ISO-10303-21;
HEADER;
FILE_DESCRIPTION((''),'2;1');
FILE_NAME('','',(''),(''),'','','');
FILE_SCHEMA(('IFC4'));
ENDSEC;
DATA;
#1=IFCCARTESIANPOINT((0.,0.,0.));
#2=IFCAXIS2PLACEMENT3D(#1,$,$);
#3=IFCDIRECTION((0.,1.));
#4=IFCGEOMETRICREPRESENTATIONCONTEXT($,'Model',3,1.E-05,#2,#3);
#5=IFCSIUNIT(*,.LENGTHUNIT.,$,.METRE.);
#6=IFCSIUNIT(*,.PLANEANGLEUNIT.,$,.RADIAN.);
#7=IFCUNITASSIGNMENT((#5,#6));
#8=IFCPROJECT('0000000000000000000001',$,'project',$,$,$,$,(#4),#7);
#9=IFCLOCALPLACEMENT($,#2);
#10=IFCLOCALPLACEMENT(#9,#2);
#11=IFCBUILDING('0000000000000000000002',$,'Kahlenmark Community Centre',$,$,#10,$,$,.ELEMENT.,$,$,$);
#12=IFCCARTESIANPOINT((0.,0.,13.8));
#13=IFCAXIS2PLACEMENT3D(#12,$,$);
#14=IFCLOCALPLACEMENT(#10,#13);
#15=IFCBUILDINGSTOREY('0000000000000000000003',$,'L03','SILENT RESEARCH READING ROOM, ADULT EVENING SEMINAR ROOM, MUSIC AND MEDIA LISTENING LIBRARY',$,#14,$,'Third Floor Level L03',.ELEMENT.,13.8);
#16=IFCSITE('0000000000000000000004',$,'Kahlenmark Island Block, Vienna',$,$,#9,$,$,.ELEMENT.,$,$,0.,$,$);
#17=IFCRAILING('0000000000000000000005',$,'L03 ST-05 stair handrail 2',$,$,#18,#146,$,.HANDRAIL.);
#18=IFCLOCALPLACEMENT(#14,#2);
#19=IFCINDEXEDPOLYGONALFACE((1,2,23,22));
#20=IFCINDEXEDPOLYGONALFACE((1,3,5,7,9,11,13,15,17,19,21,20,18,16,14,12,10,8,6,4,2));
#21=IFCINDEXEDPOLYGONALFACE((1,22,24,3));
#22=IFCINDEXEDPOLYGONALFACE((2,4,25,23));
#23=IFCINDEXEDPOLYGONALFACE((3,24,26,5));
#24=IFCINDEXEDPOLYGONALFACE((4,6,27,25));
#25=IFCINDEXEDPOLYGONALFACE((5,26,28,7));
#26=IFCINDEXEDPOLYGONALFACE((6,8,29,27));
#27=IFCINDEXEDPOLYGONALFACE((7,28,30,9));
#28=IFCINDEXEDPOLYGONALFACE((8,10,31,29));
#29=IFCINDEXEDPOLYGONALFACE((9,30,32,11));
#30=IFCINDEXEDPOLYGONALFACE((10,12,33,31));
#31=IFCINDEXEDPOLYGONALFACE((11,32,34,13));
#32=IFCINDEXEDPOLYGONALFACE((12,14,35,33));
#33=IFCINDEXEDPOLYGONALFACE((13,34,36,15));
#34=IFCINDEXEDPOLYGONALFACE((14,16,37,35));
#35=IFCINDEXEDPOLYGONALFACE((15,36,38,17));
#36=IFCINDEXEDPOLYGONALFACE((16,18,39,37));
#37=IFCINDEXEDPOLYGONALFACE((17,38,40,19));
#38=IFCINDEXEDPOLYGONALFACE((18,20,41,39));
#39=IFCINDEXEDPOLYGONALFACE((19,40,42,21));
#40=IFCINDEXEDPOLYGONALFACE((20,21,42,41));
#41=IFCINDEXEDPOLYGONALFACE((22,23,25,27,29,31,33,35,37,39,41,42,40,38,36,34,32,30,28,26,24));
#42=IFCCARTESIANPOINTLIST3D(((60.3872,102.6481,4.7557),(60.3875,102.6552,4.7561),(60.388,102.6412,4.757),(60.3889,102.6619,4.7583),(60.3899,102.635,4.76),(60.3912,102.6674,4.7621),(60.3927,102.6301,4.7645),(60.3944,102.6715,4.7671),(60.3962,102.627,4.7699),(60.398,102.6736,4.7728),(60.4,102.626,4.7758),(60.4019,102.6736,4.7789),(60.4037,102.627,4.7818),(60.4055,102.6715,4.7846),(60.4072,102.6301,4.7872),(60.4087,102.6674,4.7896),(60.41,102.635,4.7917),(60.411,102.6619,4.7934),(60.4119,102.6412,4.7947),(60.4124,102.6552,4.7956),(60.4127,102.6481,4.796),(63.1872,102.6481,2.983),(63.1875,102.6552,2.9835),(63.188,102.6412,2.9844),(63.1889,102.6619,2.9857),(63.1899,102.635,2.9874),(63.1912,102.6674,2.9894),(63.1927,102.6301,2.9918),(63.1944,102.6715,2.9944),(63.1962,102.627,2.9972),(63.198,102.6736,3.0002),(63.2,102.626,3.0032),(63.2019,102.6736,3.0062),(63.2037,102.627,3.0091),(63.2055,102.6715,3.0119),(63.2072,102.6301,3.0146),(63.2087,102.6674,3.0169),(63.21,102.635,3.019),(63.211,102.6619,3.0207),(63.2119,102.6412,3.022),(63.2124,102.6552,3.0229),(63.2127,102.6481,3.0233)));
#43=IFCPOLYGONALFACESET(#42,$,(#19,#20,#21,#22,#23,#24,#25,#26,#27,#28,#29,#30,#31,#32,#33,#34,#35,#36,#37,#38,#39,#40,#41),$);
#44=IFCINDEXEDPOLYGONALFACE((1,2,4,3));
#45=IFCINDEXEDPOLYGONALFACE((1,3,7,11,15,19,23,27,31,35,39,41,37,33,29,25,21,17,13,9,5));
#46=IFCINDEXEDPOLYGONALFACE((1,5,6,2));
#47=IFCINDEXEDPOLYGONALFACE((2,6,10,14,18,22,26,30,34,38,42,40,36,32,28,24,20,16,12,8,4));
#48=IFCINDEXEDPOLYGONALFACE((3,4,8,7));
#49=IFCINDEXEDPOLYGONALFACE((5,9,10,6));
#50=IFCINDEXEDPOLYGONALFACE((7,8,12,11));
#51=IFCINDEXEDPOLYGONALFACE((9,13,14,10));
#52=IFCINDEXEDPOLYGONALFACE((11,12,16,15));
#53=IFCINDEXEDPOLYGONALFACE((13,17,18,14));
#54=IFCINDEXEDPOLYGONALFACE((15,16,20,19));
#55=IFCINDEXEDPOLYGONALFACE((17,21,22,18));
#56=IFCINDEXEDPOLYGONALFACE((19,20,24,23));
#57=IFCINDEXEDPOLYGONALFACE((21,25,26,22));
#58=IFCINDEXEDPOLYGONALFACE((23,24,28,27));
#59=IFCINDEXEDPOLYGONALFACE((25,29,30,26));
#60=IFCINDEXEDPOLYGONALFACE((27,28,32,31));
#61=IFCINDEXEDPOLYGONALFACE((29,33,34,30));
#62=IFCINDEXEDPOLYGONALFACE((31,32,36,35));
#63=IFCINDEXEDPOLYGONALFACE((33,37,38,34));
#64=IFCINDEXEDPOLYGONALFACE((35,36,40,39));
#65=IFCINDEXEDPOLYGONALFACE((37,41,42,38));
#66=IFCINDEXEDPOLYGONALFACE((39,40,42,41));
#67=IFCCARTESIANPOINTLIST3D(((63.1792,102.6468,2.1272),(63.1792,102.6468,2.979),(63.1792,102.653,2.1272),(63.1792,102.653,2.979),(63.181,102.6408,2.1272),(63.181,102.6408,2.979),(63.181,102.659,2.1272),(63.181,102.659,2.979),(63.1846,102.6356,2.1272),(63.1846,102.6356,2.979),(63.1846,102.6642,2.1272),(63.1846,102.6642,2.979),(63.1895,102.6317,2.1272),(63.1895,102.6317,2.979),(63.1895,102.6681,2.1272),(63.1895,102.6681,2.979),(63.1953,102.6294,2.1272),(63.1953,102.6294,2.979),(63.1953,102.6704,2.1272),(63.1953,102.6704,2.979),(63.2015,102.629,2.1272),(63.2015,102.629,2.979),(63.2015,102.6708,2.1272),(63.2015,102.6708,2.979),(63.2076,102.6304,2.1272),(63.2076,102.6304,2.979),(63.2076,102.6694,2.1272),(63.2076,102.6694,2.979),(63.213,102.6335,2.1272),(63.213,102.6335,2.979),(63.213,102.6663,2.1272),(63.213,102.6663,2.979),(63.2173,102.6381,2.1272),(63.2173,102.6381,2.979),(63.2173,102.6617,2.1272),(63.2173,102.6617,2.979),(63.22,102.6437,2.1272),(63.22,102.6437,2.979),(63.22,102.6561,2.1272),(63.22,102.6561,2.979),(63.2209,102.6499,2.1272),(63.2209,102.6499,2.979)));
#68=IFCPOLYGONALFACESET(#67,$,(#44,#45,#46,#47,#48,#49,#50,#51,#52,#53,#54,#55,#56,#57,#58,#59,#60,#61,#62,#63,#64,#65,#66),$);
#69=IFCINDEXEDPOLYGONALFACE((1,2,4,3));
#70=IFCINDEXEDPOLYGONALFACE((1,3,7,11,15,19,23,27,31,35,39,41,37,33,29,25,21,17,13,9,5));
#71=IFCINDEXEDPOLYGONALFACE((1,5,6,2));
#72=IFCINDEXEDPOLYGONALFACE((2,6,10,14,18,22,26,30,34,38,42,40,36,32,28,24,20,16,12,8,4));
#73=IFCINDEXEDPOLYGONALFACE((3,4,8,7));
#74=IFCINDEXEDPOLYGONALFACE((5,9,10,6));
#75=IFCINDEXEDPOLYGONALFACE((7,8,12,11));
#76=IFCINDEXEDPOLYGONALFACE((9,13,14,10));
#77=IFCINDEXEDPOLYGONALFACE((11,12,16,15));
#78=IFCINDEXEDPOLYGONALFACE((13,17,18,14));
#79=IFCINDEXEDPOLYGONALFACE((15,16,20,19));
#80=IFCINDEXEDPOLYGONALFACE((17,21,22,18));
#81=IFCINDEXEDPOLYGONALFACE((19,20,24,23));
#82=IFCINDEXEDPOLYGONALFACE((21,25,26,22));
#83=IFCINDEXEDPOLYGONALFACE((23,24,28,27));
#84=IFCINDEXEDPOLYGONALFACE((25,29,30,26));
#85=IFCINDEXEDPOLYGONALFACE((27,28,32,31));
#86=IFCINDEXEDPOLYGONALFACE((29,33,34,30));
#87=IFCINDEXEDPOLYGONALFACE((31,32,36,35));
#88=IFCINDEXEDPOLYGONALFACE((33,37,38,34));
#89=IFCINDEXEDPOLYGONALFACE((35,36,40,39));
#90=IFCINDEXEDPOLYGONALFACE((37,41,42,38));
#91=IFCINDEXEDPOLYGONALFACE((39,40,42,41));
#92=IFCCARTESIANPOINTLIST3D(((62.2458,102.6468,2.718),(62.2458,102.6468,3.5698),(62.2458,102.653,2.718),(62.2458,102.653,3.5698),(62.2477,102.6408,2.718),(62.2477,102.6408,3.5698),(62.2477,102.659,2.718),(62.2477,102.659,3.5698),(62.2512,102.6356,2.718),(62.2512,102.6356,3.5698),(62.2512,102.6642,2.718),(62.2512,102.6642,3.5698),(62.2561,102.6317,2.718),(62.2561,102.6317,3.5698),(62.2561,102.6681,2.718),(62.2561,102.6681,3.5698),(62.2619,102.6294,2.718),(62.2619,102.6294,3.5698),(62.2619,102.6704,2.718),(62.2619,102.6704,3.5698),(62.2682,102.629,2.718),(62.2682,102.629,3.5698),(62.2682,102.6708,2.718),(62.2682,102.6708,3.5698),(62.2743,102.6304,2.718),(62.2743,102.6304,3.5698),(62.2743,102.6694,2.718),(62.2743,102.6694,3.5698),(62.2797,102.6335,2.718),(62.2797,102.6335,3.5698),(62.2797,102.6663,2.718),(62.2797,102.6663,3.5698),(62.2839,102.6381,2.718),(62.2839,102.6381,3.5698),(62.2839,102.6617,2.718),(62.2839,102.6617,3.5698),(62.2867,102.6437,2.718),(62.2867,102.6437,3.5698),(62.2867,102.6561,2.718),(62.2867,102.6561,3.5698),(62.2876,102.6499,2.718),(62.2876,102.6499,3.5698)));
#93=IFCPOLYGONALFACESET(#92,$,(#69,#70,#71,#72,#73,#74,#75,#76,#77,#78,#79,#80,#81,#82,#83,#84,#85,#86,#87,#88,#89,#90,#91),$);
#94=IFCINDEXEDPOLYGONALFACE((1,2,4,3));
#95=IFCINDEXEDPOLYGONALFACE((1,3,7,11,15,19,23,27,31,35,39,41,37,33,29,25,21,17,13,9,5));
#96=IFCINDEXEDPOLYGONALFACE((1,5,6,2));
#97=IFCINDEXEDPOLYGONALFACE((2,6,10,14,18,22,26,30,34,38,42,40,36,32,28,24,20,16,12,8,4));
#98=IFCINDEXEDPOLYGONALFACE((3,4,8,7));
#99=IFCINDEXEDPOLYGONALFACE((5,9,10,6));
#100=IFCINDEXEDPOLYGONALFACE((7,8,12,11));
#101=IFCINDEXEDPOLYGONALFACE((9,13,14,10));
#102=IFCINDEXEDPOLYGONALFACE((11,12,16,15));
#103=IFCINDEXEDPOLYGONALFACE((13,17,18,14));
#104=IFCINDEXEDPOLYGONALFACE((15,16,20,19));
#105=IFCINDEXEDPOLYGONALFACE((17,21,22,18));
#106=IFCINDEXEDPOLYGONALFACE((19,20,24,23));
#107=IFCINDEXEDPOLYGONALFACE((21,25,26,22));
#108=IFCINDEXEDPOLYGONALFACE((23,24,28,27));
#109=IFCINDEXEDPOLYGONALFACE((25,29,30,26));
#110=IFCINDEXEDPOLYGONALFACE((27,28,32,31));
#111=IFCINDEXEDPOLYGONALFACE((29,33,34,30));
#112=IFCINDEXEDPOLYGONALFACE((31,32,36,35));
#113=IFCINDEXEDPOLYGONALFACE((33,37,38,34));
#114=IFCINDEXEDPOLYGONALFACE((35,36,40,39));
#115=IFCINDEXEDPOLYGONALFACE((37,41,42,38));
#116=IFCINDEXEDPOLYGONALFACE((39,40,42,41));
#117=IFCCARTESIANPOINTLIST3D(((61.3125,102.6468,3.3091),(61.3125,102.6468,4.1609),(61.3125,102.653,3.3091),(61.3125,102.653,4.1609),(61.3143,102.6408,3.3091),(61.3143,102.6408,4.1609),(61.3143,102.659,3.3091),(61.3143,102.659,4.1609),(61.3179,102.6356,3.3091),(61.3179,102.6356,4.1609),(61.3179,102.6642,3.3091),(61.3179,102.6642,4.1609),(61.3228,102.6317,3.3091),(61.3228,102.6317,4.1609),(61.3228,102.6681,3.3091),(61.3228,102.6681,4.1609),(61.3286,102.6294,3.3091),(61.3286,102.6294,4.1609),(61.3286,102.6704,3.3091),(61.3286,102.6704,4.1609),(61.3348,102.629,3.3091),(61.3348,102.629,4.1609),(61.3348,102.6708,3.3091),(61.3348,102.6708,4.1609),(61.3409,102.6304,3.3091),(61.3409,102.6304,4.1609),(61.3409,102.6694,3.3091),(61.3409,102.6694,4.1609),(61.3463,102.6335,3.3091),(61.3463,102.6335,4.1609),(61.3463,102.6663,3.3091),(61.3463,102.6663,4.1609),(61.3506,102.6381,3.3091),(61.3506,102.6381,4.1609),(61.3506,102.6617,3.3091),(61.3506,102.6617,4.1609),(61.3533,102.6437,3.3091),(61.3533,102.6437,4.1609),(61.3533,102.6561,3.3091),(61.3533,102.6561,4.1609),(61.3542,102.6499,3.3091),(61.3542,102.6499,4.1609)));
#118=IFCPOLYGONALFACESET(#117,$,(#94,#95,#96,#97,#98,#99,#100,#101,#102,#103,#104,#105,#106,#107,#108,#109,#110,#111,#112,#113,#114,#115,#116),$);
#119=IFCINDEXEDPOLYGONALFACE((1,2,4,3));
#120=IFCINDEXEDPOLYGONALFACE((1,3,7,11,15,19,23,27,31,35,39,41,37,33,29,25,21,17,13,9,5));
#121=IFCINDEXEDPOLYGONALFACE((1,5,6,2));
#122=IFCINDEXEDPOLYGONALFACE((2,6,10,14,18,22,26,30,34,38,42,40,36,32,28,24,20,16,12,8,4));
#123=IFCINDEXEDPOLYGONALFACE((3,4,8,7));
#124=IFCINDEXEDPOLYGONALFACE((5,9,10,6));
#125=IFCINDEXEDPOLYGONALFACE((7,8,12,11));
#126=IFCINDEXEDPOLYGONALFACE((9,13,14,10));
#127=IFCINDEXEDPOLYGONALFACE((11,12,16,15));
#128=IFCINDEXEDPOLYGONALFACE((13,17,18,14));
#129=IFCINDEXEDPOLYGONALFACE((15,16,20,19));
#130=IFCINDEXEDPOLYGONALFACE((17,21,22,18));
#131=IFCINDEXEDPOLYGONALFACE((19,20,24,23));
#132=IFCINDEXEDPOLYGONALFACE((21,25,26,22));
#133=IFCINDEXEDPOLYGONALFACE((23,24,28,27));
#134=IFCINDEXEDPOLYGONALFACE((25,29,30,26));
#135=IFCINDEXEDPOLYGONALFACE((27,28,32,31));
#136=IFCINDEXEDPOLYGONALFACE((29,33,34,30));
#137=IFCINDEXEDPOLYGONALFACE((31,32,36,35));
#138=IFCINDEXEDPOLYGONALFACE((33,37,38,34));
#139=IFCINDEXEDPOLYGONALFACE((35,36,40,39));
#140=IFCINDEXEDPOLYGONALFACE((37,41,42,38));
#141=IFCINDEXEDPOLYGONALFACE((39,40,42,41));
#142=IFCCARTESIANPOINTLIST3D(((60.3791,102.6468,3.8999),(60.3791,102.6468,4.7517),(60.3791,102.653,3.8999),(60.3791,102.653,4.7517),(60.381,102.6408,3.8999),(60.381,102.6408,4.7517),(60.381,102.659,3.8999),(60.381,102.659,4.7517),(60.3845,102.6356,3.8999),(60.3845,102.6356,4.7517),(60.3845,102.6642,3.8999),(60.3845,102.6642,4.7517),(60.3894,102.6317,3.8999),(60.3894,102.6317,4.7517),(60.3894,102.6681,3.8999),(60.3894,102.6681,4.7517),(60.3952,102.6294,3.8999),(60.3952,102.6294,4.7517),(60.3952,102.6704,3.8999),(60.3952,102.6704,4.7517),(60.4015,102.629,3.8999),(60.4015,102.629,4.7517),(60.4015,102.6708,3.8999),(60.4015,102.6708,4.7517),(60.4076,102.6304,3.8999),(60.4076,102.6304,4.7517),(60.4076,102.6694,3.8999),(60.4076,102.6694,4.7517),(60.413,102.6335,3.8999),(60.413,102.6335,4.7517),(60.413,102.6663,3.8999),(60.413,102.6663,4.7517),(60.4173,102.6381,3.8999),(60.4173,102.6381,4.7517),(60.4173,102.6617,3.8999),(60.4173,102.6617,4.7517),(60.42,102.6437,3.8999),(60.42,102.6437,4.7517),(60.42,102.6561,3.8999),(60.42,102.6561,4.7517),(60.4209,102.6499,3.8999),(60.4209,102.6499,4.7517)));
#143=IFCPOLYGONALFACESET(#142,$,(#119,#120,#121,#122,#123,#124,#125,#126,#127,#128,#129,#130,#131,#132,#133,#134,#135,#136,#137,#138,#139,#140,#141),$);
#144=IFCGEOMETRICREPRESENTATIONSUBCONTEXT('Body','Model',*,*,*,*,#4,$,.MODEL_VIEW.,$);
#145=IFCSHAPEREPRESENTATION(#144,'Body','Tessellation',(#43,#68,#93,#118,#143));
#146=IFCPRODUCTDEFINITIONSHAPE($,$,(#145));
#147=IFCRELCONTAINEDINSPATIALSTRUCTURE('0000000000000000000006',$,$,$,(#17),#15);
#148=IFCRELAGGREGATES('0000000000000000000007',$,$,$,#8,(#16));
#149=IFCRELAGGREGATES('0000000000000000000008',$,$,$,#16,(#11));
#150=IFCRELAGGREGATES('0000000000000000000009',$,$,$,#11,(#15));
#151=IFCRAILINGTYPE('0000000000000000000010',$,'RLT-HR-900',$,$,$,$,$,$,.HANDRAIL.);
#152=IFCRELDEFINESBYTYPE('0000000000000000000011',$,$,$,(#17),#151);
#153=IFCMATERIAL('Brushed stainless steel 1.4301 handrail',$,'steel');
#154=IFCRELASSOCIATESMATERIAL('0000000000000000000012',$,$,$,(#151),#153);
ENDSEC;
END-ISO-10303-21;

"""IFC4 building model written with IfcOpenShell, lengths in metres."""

from ifc_helpers import new_model, si_unit, direction, frame, origin, origin_2d, place, context, subcontext, project, spatial, circle, extrude, material, type_object, element, save


model = new_model("IFC4")

# Units and contexts
model_context = context("Model", 3, precision=1e-05, world=origin(), true_north=direction((0.0, 1.0)))
body_context = subcontext(model_context, "Body", "Model", "MODEL_VIEW")
ifc_project = project(units=[si_unit("LENGTHUNIT", "METRE"), si_unit("PLANEANGLEUNIT", "RADIAN")], contexts=[model_context])

# Site, building, storey
site_placement = place(None, origin())
site = spatial("IfcSite", under=ifc_project, at=site_placement, Name="Kahlenmark Island Block, Vienna", CompositionType="ELEMENT", RefElevation=0.0)
building_placement = place(site_placement, origin())
building = spatial("IfcBuilding", under=site, at=building_placement, Name="Kahlenmark Community Centre", CompositionType="ELEMENT")
storey_placement = place(building_placement, frame((0.0, 0.0, 13.8)))
storey = spatial("IfcBuildingStorey", under=building, at=storey_placement, Name="L03", Description="SILENT RESEARCH READING ROOM, ADULT EVENING SEMINAR ROOM, MUSIC AND MEDIA LISTENING LIBRARY", LongName="Third Floor Level L03", CompositionType="ELEMENT", Elevation=13.8)

# Railing
ifc_material_1 = material(Name="Brushed stainless steel 1.4301 handrail", Category="steel")
railing_type_1 = type_object("IfcRailingType", Name="RLT-HR-900", PredefinedType="HANDRAIL", material=ifc_material_1)
railing_1_placement = place(storey_placement, frame((63.2, 102.6499, 2.1272)))
element("IfcRailing", 1, at=railing_1_placement, inside=storey, type_object=railing_type_1, Name="L03 ST-05 stair handrail 2", PredefinedType="HANDRAIL", context=body_context, shape_type="SweptSolid", body=[
    extrude(circle(Radius=0.0239, at=origin_2d()), frame((0.0, 0.0, 0.876), z_axis=(-0.844909, 0.0, 0.53491), x_axis=(0.0, -1.0, 0.0)), (0.0, 0.0, 1.0), 3.314),
    extrude(circle(Radius=0.021, at=origin_2d()), origin(), (0.0, 0.0, 1.0), 0.8518),
    extrude(circle(Radius=0.021, at=origin_2d()), frame((-0.9333, 0.0, 0.5908)), (0.0, 0.0, 1.0), 0.8518),
    extrude(circle(Radius=0.021, at=origin_2d()), frame((-1.8667, 0.0, 1.1819)), (0.0, 0.0, 1.0), 0.8518),
    extrude(circle(Radius=0.021, at=origin_2d()), frame((-2.8, 0.0, 1.7727)), (0.0, 0.0, 1.0), 0.8518),
])

save(model, "model.ifc")
